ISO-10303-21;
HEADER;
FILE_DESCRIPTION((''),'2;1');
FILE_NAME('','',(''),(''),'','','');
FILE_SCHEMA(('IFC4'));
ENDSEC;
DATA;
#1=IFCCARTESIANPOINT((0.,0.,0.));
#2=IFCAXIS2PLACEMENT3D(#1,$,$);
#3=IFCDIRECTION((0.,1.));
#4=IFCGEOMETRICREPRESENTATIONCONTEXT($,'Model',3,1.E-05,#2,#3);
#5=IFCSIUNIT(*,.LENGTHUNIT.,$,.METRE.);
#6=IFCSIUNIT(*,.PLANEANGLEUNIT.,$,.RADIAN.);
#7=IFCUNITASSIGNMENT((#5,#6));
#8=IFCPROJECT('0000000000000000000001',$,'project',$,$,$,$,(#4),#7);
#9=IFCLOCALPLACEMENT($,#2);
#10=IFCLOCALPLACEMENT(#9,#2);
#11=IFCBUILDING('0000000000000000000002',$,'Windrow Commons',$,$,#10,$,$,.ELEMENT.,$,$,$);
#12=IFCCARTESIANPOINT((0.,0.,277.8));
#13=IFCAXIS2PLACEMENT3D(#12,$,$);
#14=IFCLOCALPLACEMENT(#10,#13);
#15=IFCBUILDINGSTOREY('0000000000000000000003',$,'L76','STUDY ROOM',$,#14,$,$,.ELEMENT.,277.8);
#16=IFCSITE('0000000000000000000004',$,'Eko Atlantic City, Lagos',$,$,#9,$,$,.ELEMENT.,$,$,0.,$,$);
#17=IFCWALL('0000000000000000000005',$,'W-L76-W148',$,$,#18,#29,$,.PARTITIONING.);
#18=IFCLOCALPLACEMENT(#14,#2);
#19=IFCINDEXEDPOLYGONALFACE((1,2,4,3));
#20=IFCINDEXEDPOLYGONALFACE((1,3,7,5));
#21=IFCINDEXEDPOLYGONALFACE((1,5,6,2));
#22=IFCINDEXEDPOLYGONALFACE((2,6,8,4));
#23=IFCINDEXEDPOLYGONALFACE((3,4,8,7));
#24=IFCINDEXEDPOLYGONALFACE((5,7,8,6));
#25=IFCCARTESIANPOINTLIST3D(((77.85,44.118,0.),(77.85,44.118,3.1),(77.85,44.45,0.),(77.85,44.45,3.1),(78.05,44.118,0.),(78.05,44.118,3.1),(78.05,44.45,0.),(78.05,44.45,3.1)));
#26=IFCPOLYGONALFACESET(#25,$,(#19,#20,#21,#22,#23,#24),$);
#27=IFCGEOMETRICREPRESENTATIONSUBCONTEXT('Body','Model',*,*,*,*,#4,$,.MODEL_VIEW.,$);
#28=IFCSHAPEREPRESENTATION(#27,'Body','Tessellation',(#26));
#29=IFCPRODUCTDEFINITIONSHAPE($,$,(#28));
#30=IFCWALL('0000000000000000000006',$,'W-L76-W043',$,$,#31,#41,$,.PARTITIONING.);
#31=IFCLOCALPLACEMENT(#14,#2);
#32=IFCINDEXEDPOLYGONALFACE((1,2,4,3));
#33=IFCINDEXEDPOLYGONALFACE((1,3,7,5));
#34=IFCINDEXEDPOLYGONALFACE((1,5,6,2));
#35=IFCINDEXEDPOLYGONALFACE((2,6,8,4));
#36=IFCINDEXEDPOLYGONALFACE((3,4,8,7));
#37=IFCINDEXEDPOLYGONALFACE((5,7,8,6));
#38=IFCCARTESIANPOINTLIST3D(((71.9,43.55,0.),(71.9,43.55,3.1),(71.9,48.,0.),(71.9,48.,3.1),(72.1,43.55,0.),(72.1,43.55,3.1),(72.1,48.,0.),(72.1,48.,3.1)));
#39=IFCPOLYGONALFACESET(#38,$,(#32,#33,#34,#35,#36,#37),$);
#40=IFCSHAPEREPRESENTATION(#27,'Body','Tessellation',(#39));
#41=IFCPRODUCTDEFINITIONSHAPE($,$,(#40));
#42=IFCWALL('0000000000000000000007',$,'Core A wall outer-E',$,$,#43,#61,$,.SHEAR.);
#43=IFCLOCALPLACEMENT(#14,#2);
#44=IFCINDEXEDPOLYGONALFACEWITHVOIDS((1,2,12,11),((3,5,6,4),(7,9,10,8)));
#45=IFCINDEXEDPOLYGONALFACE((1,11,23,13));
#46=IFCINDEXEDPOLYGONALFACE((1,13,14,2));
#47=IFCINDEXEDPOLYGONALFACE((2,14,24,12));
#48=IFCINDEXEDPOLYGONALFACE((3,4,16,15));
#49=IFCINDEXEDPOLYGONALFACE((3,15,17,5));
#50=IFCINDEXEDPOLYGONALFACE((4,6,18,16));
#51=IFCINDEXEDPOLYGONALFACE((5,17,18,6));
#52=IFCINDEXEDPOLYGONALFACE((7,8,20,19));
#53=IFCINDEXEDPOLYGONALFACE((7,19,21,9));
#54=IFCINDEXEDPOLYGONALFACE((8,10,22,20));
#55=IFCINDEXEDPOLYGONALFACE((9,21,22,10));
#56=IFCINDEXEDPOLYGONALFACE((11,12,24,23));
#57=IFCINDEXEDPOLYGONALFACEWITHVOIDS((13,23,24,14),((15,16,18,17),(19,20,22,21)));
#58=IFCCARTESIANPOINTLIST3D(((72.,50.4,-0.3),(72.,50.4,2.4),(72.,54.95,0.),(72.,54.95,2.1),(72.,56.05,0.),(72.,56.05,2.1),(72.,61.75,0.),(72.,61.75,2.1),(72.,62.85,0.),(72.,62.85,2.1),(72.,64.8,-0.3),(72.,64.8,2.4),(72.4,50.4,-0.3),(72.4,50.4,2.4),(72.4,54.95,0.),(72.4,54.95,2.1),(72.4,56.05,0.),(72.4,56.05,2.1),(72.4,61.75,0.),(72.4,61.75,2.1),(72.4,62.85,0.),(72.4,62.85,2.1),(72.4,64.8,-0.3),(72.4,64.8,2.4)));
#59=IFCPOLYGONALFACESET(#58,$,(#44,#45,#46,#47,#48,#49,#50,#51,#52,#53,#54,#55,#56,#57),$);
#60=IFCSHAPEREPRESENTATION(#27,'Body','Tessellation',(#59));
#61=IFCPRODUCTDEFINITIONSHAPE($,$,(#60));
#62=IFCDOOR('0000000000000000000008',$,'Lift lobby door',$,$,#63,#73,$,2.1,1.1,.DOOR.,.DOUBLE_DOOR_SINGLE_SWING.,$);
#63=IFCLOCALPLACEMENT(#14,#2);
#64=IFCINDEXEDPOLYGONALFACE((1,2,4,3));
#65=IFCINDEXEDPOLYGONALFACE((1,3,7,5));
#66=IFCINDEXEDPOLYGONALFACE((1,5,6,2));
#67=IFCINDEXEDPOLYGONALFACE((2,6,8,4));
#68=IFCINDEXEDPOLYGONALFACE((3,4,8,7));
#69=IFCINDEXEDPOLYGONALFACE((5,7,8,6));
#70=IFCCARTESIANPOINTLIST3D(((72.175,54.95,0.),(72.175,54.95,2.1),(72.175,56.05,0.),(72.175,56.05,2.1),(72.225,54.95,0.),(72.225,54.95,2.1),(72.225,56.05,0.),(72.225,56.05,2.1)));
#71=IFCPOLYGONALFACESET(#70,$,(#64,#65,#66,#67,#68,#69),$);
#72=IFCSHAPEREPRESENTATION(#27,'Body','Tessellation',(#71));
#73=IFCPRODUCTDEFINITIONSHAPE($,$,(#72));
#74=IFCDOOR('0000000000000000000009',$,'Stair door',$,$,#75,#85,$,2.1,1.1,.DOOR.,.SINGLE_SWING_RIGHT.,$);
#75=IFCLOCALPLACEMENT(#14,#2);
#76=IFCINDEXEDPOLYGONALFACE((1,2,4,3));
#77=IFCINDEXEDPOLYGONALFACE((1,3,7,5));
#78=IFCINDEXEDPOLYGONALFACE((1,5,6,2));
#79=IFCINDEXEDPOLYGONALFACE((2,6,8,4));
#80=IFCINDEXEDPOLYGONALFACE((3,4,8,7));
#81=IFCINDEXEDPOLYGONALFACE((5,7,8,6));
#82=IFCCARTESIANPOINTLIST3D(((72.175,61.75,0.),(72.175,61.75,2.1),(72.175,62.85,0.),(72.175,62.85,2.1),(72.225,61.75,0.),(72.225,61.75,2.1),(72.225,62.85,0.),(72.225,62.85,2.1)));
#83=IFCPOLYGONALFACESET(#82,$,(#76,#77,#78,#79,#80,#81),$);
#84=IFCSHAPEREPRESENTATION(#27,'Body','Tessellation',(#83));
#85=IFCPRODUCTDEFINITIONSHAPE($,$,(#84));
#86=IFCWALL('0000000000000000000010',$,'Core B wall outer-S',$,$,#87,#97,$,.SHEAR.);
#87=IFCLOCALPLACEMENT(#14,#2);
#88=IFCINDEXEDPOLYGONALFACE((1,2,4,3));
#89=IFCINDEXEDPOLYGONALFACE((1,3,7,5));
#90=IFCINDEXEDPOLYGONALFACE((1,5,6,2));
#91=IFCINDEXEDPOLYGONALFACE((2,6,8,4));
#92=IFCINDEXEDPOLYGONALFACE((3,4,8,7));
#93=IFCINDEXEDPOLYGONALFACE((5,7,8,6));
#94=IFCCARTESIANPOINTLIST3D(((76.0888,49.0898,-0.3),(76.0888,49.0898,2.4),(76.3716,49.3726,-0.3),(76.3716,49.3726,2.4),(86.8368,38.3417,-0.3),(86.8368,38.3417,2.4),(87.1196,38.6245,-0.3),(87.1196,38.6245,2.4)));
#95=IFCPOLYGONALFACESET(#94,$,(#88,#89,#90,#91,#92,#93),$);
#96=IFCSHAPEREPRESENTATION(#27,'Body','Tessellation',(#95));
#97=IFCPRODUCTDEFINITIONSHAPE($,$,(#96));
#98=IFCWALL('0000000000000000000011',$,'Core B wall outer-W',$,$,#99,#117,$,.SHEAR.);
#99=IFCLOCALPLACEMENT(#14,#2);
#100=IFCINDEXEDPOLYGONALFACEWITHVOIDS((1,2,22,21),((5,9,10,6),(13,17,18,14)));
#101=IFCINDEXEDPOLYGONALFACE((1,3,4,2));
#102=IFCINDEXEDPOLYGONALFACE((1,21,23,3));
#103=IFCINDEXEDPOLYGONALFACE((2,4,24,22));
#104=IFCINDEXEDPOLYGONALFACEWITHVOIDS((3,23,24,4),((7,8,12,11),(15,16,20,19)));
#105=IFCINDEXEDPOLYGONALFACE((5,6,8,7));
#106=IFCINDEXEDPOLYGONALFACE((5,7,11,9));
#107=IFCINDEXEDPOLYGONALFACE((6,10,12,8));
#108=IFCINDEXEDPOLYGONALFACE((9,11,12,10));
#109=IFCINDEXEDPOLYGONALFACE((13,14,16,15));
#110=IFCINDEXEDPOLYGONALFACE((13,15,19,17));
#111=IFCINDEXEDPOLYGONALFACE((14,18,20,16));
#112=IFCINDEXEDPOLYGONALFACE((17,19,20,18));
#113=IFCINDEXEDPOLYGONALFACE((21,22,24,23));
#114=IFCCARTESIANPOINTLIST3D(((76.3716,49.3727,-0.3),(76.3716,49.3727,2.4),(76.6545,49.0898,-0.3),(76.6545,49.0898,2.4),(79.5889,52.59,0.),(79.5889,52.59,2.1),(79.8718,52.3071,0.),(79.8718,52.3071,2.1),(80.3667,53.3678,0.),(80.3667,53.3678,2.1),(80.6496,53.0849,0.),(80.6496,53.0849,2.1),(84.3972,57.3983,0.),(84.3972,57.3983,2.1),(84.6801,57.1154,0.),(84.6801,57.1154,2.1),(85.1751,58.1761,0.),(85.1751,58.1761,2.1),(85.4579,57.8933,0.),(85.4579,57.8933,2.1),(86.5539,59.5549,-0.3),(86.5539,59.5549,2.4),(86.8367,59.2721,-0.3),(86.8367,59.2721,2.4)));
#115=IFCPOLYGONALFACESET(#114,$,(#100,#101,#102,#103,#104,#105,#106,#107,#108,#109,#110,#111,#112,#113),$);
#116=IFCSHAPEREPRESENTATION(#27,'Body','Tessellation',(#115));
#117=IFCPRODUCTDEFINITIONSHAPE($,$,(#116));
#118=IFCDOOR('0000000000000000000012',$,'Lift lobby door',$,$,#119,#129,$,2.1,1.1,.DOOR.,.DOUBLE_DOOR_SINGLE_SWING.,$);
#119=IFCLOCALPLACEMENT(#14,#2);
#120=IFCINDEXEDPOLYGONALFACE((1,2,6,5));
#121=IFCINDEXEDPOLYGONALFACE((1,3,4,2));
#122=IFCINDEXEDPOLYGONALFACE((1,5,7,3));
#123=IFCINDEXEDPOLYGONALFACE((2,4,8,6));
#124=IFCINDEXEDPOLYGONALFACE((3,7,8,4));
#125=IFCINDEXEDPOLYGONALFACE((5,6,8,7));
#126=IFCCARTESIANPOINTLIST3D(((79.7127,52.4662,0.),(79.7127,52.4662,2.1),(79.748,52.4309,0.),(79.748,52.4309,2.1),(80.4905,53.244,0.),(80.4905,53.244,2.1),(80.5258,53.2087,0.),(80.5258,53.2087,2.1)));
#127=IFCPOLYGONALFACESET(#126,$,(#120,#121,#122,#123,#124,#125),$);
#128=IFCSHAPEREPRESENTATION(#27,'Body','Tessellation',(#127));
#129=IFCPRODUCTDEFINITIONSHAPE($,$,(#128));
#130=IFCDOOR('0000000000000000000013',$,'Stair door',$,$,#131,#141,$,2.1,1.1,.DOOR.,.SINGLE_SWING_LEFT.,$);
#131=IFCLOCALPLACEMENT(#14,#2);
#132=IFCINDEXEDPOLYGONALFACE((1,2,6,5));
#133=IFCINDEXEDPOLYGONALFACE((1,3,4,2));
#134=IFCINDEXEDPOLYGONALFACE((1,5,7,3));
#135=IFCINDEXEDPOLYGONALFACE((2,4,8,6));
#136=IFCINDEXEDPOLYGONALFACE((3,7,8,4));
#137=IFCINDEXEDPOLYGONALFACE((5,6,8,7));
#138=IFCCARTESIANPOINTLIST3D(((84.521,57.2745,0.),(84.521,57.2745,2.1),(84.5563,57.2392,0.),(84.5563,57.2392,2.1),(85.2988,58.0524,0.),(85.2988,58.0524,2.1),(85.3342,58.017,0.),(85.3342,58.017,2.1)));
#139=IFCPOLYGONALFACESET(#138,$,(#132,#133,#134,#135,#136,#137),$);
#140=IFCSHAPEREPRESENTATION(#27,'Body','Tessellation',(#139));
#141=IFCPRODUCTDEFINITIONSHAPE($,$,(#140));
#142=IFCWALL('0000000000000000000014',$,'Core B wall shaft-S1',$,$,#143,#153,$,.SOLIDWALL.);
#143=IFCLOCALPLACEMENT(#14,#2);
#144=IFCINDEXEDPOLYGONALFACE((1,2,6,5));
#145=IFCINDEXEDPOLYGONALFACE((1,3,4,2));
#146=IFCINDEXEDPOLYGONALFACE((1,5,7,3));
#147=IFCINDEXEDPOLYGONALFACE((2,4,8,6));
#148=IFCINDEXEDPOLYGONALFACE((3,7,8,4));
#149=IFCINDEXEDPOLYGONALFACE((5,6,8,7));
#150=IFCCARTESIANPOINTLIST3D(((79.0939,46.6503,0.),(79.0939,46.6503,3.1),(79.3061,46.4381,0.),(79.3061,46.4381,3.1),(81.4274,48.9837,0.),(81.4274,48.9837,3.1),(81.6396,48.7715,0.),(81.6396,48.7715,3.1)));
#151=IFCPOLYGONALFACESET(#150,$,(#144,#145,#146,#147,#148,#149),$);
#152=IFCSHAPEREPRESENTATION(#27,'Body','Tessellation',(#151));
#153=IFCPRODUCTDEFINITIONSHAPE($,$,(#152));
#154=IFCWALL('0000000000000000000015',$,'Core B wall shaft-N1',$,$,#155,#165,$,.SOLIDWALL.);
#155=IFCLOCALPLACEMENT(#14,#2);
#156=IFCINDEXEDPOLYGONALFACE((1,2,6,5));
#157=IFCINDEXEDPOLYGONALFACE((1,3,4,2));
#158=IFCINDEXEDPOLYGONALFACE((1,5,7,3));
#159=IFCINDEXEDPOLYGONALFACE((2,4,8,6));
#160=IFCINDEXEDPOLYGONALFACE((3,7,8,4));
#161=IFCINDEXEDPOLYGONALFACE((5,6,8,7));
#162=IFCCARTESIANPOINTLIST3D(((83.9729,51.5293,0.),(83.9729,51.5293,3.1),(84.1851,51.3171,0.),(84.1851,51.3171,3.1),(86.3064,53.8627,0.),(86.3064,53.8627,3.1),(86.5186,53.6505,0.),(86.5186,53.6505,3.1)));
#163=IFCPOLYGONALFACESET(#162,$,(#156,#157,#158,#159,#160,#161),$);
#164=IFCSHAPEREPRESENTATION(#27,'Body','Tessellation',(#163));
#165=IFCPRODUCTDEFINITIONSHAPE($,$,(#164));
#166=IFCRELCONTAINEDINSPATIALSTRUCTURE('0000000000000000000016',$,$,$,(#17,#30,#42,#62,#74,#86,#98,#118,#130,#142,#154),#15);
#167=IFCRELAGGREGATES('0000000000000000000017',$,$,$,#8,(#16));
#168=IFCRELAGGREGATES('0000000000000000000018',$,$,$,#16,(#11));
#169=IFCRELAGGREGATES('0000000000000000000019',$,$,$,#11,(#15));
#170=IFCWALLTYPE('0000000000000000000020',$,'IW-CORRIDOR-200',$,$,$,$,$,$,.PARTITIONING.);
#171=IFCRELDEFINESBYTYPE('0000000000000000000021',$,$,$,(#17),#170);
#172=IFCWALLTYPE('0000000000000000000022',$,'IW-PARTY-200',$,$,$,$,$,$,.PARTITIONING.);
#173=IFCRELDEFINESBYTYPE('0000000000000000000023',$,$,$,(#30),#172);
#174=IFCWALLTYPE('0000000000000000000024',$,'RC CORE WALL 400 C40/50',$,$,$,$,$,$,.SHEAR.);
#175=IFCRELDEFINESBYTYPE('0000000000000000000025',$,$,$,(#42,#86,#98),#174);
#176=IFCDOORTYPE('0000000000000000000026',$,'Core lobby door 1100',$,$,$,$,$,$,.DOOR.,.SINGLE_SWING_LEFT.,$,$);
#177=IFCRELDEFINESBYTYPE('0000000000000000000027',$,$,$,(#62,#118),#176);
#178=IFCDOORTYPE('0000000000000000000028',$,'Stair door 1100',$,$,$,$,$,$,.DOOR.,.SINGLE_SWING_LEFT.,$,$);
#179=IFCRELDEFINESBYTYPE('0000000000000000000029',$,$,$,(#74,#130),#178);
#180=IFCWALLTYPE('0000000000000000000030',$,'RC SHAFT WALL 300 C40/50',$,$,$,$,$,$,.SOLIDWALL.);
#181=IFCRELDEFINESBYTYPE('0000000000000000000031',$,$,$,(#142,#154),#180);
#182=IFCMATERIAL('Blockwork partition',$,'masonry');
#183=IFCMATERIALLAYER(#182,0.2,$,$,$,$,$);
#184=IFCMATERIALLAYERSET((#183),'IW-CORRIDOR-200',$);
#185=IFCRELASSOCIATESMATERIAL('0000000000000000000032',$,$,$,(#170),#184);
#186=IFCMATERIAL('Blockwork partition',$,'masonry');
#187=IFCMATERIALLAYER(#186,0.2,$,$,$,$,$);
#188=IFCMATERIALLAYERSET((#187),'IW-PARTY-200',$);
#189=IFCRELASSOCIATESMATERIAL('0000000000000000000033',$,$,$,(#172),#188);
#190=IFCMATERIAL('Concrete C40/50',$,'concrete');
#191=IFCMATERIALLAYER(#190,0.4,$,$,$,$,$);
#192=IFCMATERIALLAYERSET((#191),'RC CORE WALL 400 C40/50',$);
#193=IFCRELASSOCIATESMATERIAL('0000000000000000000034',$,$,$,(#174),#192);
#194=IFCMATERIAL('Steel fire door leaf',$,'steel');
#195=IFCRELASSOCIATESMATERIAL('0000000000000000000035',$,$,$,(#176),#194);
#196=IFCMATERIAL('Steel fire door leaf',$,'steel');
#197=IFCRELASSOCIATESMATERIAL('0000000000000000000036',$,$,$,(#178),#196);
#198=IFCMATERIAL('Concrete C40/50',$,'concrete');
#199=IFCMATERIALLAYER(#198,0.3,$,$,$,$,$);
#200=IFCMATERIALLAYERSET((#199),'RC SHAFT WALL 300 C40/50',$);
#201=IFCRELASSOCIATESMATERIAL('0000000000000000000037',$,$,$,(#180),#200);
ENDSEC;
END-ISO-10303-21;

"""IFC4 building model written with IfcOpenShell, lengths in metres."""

from ifc_helpers import new_model, si_unit, direction, frame, frame_2d, origin, place, context, subcontext, project, spatial, rectangle, extrude, material, layer, layer_set, type_object, element, fill, save


model = new_model("IFC4")

# Units and contexts
model_context = context("Model", 3, precision=1e-05, world=origin(), true_north=direction((0.0, 1.0)))
body_context = subcontext(model_context, "Body", "Model", "MODEL_VIEW")
ifc_project = project(units=[si_unit("LENGTHUNIT", "METRE"), si_unit("PLANEANGLEUNIT", "RADIAN")], contexts=[model_context])

# Site, building, storey
site_placement = place(None, origin())
site = spatial("IfcSite", under=ifc_project, at=site_placement, Name="Eko Atlantic City, Lagos", CompositionType="ELEMENT", RefElevation=0.0)
building_placement = place(site_placement, origin())
building = spatial("IfcBuilding", under=site, at=building_placement, Name="Windrow Commons", CompositionType="ELEMENT")
storey_placement = place(building_placement, frame((0.0, 0.0, 277.8)))
storey = spatial("IfcBuildingStorey", under=building, at=storey_placement, Name="L76", Description="STUDY ROOM", CompositionType="ELEMENT", Elevation=277.8)

# Shared definitions
ifc_material_1 = material(Name="Blockwork partition", Category="masonry")
ifc_layer_1 = layer(ifc_material_1, 0.2)
ifc_layer_set_1 = layer_set([ifc_layer_1], Name="IW-CORRIDOR-200")
wall_type_1 = type_object("IfcWallType", Name="IW-CORRIDOR-200", PredefinedType="PARTITIONING", material=ifc_layer_set_1)

# Walls
wall_1_placement = place(storey_placement, frame((77.95, 44.118, 0.0), z_axis=(0.0, 0.0, 1.0), x_axis=(0.0, 1.0, 0.0)))
element("IfcWall", 1, at=wall_1_placement, inside=storey, type_object=wall_type_1, Name="W-L76-W148", PredefinedType="PARTITIONING", context=body_context, shape_type="SweptSolid", body=[
    extrude(rectangle(XDim=0.332, YDim=0.2, at=frame_2d((0.166, 0.0))), origin(), (0.0, 0.0, 1.0), 3.1),
])
ifc_material_2 = material(Name="Blockwork partition", Category="masonry")
ifc_layer_2 = layer(ifc_material_2, 0.2)
ifc_layer_set_2 = layer_set([ifc_layer_2], Name="IW-PARTY-200")
wall_type_2 = type_object("IfcWallType", Name="IW-PARTY-200", PredefinedType="PARTITIONING", material=ifc_layer_set_2)
wall_2_placement = place(storey_placement, frame((72.0, 43.55, 0.0), z_axis=(0.0, 0.0, 1.0), x_axis=(0.0, 1.0, 0.0)))
element("IfcWall", 2, at=wall_2_placement, inside=storey, type_object=wall_type_2, Name="W-L76-W043", PredefinedType="PARTITIONING", context=body_context, shape_type="SweptSolid", body=[
    extrude(rectangle(XDim=4.45, YDim=0.2, at=frame_2d((2.225, 0.0))), origin(), (0.0, 0.0, 1.0), 3.1),
])

# Wall, openings, doors
ifc_material_3 = material(Name="Concrete C40/50", Category="concrete")
ifc_layer_3 = layer(ifc_material_3, 0.4)
ifc_layer_set_3 = layer_set([ifc_layer_3], Name="RC CORE WALL 400 C40/50")
wall_type_3 = type_object("IfcWallType", Name="RC CORE WALL 400 C40/50", PredefinedType="SHEAR", material=ifc_layer_set_3)
wall_3_placement = place(storey_placement, frame((72.2, 50.4, -0.3), z_axis=(0.0, 0.0, 1.0), x_axis=(0.0, 1.0, 0.0)))
wall_3 = element("IfcWall", 3, at=wall_3_placement, inside=storey, type_object=wall_type_3, Name="Core A wall outer-E", PredefinedType="SHEAR", context=body_context, shape_type="SweptSolid", body=[
    extrude(rectangle(XDim=14.4, YDim=0.4, at=frame_2d((7.2, 0.0))), origin(), (0.0, 0.0, 1.0), 2.7),
])
opening_1_placement = place(wall_3_placement, frame((4.55, 0.0, 0.3)))
opening_1 = element("IfcOpeningElement", 4, at=opening_1_placement, cuts=wall_3, PredefinedType="OPENING", context=body_context, shape_type="SweptSolid", body=[
    extrude(rectangle(XDim=1.1, YDim=2.1, at=frame_2d((0.55, 1.05))), frame((0.0, 0.21, 0.0), z_axis=(0.0, -1.0, 0.0), x_axis=(1.0, 0.0, 0.0)), (0.0, 0.0, 1.0), 0.42),
])
opening_2_placement = place(wall_3_placement, frame((11.35, 0.0, 0.3)))
opening_2 = element("IfcOpeningElement", 5, at=opening_2_placement, cuts=wall_3, PredefinedType="OPENING", context=body_context, shape_type="SweptSolid", body=[
    extrude(rectangle(XDim=1.1, YDim=2.1, at=frame_2d((0.55, 1.05))), frame((0.0, 0.21, 0.0), z_axis=(0.0, -1.0, 0.0), x_axis=(1.0, 0.0, 0.0)), (0.0, 0.0, 1.0), 0.42),
])
ifc_material_4 = material(Name="Steel fire door leaf", Category="steel")
door_type_1 = type_object("IfcDoorType", Name="Core lobby door 1100", OperationType="SINGLE_SWING_LEFT", PredefinedType="DOOR", material=ifc_material_4)
door_1_placement = place(opening_1_placement, origin())
door_1 = element("IfcDoor", 6, at=door_1_placement, inside=storey, type_object=door_type_1, Name="Lift lobby door", OperationType="DOUBLE_DOOR_SINGLE_SWING", OverallHeight=2.1, OverallWidth=1.1, PredefinedType="DOOR", context=body_context, shape_type="SweptSolid", body=[
    extrude(rectangle(XDim=1.1, YDim=2.1, at=frame_2d((0.55, 1.05))), frame((0.0, 0.025, 0.0), z_axis=(0.0, -1.0, 0.0), x_axis=(1.0, 0.0, 0.0)), (0.0, 0.0, 1.0), 0.05),
])
fill(opening_1, door_1)
ifc_material_5 = material(Name="Steel fire door leaf", Category="steel")
door_type_2 = type_object("IfcDoorType", Name="Stair door 1100", OperationType="SINGLE_SWING_LEFT", PredefinedType="DOOR", material=ifc_material_5)
door_2_placement = place(opening_2_placement, origin())
door_2 = element("IfcDoor", 7, at=door_2_placement, inside=storey, type_object=door_type_2, Name="Stair door", OperationType="SINGLE_SWING_RIGHT", OverallHeight=2.1, OverallWidth=1.1, PredefinedType="DOOR", context=body_context, shape_type="SweptSolid", body=[
    extrude(rectangle(XDim=1.1, YDim=2.1, at=frame_2d((0.55, 1.05))), frame((0.0, 0.025, 0.0), z_axis=(0.0, -1.0, 0.0), x_axis=(1.0, 0.0, 0.0)), (0.0, 0.0, 1.0), 0.05),
])
fill(opening_2, door_2)

# Wall
wall_4_placement = place(storey_placement, frame((76.2302, 49.2312, -0.3), z_axis=(0.0, 0.0, 1.0), x_axis=(0.707103, -0.70711, 0.0)))
element("IfcWall", 8, at=wall_4_placement, inside=storey, type_object=wall_type_3, Name="Core B wall outer-S", PredefinedType="SHEAR", context=body_context, shape_type="SweptSolid", body=[
    extrude(rectangle(XDim=15.2, YDim=0.4, at=frame_2d((7.6, 0.0))), origin(), (0.0, 0.0, 1.0), 2.7),
])

# Wall, openings, doors
wall_5_placement = place(storey_placement, frame((76.513, 49.2312, -0.3), z_axis=(0.0, 0.0, 1.0), x_axis=(0.707107, 0.707107, 0.0)))
wall_5 = element("IfcWall", 9, at=wall_5_placement, inside=storey, type_object=wall_type_3, Name="Core B wall outer-W", PredefinedType="SHEAR", context=body_context, shape_type="SweptSolid", body=[
    extrude(rectangle(XDim=14.3999, YDim=0.4, at=frame_2d((7.2, 0.0))), origin(), (0.0, 0.0, 1.0), 2.7),
])
opening_3_placement = place(wall_5_placement, frame((4.55, 0.0, 0.3)))
opening_3 = element("IfcOpeningElement", 10, at=opening_3_placement, cuts=wall_5, PredefinedType="OPENING", context=body_context, shape_type="SweptSolid", body=[
    extrude(rectangle(XDim=1.1, YDim=2.1, at=frame_2d((0.55, 1.05))), frame((0.0, 0.21, 0.0), z_axis=(0.0, -1.0, 0.0), x_axis=(1.0, 0.0, 0.0)), (0.0, 0.0, 1.0), 0.42),
])
opening_4_placement = place(wall_5_placement, frame((11.35, 0.0, 0.3)))
opening_4 = element("IfcOpeningElement", 11, at=opening_4_placement, cuts=wall_5, PredefinedType="OPENING", context=body_context, shape_type="SweptSolid", body=[
    extrude(rectangle(XDim=1.1, YDim=2.1, at=frame_2d((0.55, 1.05))), frame((0.0, 0.21, 0.0), z_axis=(0.0, -1.0, 0.0), x_axis=(1.0, 0.0, 0.0)), (0.0, 0.0, 1.0), 0.42),
])
door_3_placement = place(opening_3_placement, origin())
door_3 = element("IfcDoor", 12, at=door_3_placement, inside=storey, type_object=door_type_1, Name="Lift lobby door", OperationType="DOUBLE_DOOR_SINGLE_SWING", OverallHeight=2.1, OverallWidth=1.1, PredefinedType="DOOR", context=body_context, shape_type="SweptSolid", body=[
    extrude(rectangle(XDim=1.1, YDim=2.1, at=frame_2d((0.55, 1.05))), frame((0.0, 0.025, 0.0), z_axis=(0.0, -1.0, 0.0), x_axis=(1.0, 0.0, 0.0)), (0.0, 0.0, 1.0), 0.05),
])
fill(opening_3, door_3)
door_4_placement = place(opening_4_placement, origin())
door_4 = element("IfcDoor", 13, at=door_4_placement, inside=storey, type_object=door_type_2, Name="Stair door", OperationType="SINGLE_SWING_LEFT", OverallHeight=2.1, OverallWidth=1.1, PredefinedType="DOOR", context=body_context, shape_type="SweptSolid", body=[
    extrude(rectangle(XDim=1.1, YDim=2.1, at=frame_2d((0.55, 1.05))), frame((0.0, 0.025, 0.0), z_axis=(0.0, -1.0, 0.0), x_axis=(1.0, 0.0, 0.0)), (0.0, 0.0, 1.0), 0.05),
])
fill(opening_4, door_4)

# Walls
ifc_material_6 = material(Name="Concrete C40/50", Category="concrete")
ifc_layer_4 = layer(ifc_material_6, 0.3)
ifc_layer_set_4 = layer_set([ifc_layer_4], Name="RC SHAFT WALL 300 C40/50")
wall_type_4 = type_object("IfcWallType", Name="RC SHAFT WALL 300 C40/50", PredefinedType="SOLIDWALL", material=ifc_layer_set_4)
for number, where, z_axis, x_axis, name in (
    (14, (79.2, 46.5442, 0.0), (0.0, 0.0, 1.0), (0.707122, 0.707092, 0.0), "Core B wall shaft-S1"),
    (15, (84.079, 51.4232, 0.0), (0.0, 0.0, 1.0), (0.707122, 0.707092, 0.0), "Core B wall shaft-N1"),
):
    element("IfcWall", number, at=place(storey_placement, frame(where, z_axis=z_axis, x_axis=x_axis)), inside=storey, type_object=wall_type_4, Name=name, PredefinedType="SOLIDWALL", context=body_context, shape_type="SweptSolid", body=[
        extrude(rectangle(XDim=3.3, YDim=0.3, at=frame_2d((1.65, 0.0))), origin(), (0.0, 0.0, 1.0), 3.1),
    ])

save(model, "model.ifc")
